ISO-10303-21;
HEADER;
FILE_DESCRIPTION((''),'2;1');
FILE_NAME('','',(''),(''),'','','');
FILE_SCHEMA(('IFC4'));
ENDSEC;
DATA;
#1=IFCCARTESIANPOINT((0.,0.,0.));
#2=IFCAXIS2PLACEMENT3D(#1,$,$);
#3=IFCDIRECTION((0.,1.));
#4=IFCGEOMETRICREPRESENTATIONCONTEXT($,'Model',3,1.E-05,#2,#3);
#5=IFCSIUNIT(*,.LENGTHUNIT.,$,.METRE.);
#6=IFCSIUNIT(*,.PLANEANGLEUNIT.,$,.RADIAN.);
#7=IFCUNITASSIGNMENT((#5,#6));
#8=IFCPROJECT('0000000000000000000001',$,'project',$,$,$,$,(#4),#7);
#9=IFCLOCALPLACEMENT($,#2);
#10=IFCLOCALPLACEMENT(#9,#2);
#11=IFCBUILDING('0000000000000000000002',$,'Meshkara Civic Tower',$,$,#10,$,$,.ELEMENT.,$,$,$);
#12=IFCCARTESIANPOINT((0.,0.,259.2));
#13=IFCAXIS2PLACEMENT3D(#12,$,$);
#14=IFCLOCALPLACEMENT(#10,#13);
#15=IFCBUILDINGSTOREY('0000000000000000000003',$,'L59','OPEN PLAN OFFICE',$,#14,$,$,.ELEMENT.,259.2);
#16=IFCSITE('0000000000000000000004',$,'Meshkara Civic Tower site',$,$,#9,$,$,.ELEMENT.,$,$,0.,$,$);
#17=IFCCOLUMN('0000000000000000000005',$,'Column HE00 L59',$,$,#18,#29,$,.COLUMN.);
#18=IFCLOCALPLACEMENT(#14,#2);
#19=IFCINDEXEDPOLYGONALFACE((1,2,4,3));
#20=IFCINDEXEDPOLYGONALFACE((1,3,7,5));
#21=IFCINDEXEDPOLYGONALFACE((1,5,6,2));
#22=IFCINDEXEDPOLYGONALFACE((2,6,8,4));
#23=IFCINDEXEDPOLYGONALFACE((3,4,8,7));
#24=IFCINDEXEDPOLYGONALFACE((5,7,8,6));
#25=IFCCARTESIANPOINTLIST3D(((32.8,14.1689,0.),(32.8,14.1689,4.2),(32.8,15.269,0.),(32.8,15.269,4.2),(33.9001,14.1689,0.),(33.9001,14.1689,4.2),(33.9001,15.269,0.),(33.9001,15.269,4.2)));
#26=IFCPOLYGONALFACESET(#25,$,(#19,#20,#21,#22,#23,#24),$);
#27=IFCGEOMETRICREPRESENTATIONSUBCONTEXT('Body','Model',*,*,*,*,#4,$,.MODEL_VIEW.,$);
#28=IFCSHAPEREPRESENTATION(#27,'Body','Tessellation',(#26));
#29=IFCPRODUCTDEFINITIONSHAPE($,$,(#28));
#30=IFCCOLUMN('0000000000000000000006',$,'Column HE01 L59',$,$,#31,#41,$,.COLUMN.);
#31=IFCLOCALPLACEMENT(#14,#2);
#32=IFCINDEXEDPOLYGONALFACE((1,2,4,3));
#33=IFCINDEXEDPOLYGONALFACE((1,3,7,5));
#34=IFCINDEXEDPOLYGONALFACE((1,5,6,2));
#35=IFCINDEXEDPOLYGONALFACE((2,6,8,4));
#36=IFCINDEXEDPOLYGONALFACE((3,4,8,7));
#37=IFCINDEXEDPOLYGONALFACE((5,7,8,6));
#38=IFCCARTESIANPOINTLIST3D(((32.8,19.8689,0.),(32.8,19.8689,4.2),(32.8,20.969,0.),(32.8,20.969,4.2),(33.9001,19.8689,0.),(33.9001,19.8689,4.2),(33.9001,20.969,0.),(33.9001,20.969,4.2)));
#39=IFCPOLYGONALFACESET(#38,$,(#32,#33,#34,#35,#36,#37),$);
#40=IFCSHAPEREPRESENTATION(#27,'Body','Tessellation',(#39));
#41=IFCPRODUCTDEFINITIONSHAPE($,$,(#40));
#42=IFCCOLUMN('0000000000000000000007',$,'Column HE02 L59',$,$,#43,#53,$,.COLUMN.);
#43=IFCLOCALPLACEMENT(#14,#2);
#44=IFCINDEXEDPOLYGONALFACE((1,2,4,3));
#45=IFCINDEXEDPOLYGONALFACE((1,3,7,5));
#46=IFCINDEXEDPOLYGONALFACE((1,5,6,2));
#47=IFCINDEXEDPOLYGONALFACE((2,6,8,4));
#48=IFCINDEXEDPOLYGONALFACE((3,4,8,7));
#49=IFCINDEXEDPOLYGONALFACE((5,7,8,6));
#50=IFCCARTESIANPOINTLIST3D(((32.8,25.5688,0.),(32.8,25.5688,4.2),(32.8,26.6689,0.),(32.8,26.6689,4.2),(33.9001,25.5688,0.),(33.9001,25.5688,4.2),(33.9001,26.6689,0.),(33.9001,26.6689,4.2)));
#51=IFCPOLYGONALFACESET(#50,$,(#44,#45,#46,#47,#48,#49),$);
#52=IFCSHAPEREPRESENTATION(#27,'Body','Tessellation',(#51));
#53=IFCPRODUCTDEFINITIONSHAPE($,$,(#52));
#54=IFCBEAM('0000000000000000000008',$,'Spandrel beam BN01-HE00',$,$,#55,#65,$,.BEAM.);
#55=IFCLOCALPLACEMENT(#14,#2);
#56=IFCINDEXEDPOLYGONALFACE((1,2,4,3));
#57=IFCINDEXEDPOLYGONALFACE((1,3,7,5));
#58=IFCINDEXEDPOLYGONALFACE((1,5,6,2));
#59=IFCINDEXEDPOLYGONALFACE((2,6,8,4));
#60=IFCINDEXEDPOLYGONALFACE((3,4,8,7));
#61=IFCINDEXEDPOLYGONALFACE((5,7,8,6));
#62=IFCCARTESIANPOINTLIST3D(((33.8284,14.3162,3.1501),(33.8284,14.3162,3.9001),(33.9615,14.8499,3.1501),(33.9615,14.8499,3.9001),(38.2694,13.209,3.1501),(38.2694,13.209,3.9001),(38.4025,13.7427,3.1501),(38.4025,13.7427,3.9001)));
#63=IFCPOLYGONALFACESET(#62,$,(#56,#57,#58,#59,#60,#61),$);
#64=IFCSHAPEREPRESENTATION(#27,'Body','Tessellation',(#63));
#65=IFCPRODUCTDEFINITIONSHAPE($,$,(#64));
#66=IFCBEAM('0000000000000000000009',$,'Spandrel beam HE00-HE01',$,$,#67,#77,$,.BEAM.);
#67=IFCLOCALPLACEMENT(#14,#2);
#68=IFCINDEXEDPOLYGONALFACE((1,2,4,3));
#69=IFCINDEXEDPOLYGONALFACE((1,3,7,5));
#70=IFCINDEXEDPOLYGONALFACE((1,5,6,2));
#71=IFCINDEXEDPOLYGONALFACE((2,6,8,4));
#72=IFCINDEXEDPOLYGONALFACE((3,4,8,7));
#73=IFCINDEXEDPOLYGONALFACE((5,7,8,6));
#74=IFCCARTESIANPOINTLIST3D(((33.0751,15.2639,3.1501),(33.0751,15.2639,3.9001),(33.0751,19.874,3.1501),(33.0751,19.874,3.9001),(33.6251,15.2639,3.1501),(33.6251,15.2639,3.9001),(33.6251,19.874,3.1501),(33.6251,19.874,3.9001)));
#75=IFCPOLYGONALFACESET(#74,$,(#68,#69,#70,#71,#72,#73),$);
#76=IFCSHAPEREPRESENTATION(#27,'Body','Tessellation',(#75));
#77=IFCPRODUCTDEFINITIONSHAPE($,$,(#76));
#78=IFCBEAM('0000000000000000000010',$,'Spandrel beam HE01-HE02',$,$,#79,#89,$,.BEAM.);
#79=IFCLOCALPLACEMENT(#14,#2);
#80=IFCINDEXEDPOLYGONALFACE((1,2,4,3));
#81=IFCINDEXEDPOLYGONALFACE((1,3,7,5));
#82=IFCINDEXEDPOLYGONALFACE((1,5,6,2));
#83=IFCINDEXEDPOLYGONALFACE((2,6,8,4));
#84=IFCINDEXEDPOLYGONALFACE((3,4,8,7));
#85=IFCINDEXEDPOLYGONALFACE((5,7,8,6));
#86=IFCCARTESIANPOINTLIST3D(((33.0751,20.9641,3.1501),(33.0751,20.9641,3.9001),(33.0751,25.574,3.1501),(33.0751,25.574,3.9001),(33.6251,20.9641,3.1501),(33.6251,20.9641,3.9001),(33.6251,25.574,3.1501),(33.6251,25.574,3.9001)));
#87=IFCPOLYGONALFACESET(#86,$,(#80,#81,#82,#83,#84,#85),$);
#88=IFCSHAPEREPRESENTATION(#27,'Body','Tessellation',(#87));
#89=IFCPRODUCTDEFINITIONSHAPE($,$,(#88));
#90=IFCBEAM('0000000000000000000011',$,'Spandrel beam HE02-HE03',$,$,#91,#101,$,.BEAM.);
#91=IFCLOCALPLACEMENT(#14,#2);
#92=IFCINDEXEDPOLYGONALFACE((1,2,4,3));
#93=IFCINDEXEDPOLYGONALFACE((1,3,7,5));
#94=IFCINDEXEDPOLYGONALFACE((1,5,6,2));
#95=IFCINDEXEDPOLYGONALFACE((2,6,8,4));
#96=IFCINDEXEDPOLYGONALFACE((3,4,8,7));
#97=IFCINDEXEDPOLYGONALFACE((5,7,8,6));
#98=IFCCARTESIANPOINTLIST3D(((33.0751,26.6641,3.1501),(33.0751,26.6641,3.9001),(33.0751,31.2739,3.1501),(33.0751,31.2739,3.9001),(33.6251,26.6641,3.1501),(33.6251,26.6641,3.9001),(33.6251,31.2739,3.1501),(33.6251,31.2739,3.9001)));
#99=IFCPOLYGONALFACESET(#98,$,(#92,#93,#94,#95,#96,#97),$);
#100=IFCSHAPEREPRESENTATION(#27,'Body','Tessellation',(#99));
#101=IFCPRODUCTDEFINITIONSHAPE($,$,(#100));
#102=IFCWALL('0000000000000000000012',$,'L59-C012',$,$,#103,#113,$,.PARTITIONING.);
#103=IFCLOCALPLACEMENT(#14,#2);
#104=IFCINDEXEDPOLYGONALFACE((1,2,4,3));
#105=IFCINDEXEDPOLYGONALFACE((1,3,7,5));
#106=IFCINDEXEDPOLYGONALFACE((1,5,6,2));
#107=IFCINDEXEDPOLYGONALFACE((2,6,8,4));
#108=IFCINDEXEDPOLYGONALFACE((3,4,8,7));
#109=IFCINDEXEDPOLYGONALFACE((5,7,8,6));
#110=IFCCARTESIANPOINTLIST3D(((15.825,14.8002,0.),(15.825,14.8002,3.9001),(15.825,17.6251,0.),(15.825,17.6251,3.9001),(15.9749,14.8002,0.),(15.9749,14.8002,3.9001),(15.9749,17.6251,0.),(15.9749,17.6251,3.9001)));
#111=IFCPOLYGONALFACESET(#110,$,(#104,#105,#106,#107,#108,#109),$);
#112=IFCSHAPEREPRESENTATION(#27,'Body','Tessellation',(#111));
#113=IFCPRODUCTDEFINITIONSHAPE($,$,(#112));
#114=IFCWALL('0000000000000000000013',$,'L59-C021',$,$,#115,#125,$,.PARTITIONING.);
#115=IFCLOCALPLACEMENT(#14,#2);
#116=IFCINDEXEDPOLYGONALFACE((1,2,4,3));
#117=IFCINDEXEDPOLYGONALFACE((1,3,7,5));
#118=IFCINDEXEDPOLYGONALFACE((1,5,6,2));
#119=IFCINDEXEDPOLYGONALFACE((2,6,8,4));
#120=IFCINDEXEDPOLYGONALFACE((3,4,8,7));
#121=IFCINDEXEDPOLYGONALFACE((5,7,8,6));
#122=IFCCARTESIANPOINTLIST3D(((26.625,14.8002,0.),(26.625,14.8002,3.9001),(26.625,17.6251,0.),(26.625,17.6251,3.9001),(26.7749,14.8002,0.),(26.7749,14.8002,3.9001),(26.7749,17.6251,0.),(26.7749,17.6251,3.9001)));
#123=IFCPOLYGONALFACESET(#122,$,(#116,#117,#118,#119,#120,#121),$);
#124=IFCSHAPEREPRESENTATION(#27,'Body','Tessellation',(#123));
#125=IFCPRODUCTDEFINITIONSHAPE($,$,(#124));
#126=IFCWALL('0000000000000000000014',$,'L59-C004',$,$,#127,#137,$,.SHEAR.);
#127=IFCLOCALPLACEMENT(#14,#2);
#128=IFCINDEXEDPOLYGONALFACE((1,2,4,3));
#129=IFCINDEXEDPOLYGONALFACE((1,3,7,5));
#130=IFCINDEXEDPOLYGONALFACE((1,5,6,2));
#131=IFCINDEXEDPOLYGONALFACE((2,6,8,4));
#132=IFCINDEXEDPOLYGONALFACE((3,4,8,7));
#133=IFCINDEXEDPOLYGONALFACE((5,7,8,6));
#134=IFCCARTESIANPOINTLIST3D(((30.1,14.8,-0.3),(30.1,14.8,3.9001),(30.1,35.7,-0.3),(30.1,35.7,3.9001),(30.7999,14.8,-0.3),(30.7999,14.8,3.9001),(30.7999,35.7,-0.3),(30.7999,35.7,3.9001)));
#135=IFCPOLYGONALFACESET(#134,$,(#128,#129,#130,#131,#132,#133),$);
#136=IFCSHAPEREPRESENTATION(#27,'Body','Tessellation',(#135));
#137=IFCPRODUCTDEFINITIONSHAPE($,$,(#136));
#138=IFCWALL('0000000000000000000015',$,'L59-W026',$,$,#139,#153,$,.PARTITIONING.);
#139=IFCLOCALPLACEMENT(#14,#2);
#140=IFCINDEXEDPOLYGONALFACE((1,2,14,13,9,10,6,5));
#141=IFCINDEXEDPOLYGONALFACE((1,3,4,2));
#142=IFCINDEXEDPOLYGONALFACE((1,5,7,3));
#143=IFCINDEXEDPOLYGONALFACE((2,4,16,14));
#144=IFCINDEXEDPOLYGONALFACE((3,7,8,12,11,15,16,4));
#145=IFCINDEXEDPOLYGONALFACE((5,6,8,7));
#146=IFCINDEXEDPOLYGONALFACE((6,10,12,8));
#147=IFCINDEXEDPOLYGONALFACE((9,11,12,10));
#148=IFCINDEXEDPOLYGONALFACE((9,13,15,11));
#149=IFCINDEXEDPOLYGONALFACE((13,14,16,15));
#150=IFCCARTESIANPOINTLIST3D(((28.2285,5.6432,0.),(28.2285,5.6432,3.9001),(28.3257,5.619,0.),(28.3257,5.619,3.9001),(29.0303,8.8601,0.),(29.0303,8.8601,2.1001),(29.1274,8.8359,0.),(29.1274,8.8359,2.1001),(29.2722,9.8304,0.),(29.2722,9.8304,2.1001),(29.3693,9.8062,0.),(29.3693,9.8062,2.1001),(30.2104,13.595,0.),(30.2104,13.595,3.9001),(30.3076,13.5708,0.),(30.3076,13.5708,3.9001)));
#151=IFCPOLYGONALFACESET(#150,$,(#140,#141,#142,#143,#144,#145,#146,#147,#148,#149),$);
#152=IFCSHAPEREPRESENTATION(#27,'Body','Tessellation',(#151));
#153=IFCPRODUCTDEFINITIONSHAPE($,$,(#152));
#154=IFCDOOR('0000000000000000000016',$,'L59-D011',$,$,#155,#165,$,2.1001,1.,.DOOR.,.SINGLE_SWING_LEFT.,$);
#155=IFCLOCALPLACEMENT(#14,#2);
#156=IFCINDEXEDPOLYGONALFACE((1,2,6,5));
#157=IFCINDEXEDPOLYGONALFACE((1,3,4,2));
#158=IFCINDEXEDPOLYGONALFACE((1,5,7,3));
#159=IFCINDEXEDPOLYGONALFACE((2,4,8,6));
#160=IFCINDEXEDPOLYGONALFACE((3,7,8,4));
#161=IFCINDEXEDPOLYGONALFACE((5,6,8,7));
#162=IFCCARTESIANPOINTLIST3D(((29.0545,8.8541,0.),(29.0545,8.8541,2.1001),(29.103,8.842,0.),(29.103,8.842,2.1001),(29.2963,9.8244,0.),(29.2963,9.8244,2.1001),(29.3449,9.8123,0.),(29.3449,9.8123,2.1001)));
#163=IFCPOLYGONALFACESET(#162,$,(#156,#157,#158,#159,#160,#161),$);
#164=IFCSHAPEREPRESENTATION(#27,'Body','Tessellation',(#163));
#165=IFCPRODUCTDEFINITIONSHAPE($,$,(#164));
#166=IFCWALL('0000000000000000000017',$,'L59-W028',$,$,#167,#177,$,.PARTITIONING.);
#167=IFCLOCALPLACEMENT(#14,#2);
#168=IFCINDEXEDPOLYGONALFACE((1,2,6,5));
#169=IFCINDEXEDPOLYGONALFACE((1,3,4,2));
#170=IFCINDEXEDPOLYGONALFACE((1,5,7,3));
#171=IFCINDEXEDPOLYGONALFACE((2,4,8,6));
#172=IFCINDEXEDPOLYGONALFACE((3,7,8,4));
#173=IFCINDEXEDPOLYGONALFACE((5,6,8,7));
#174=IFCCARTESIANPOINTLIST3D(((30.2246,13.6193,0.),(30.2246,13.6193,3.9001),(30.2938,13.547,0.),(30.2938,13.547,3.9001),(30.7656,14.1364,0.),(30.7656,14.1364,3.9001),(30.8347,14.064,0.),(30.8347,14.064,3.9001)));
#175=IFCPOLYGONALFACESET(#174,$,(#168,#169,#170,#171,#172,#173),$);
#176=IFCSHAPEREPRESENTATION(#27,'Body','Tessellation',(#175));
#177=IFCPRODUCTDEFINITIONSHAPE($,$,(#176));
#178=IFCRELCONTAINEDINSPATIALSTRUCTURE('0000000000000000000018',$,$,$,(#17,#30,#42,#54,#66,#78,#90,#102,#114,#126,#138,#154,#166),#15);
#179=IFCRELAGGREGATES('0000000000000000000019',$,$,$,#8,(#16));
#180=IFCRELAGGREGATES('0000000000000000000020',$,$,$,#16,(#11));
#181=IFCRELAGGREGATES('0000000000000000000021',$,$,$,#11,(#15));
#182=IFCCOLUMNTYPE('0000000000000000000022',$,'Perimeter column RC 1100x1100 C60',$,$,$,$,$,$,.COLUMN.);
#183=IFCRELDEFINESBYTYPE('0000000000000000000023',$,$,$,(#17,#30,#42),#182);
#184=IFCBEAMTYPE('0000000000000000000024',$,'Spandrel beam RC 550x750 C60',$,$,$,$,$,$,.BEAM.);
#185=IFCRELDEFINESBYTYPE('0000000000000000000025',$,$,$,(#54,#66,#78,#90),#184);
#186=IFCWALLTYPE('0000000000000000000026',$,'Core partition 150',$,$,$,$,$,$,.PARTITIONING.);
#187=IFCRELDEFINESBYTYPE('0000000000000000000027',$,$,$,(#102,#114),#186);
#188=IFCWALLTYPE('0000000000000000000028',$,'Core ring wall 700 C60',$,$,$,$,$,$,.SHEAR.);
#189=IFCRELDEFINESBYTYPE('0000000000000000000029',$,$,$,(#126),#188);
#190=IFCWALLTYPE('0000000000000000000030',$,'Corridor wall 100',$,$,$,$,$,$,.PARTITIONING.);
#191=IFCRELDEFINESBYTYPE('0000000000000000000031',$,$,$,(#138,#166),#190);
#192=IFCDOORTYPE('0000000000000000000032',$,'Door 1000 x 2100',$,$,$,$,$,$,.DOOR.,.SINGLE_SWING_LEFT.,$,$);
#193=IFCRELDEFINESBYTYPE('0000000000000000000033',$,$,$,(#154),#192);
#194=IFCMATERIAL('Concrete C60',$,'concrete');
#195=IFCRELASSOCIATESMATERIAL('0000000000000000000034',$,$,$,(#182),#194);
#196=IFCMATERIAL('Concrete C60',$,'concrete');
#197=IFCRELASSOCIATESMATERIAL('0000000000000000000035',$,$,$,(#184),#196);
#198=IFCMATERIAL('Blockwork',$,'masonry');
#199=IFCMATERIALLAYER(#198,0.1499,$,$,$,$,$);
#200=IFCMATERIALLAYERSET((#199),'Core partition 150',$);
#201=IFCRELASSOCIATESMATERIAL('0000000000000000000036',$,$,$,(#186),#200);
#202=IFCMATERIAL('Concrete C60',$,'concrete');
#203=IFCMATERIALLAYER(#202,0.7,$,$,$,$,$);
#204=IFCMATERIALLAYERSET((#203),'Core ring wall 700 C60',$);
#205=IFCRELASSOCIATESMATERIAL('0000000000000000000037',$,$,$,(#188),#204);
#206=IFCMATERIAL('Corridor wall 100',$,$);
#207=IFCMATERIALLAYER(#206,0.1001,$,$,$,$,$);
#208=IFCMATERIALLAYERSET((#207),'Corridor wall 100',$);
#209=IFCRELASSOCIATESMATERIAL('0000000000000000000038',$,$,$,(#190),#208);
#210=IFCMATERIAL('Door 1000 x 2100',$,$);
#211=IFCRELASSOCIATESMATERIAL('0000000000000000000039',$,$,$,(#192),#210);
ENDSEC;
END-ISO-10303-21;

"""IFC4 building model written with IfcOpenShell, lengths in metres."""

from ifc_helpers import new_model, si_unit, direction, frame, frame_2d, origin, origin_2d, place, context, subcontext, project, spatial, rectangle, extrude, material, layer, layer_set, material_profile, profile_set, type_object, element, fill, save


model = new_model("IFC4")

# Units and contexts
model_context = context("Model", 3, precision=1e-05, world=origin(), true_north=direction((0.0, 1.0)))
body_context = subcontext(model_context, "Body", "Model", "MODEL_VIEW")
ifc_project = project(units=[si_unit("LENGTHUNIT", "METRE"), si_unit("PLANEANGLEUNIT", "RADIAN")], contexts=[model_context])

# Site, building, storey
site_placement = place(None, origin())
site = spatial("IfcSite", under=ifc_project, at=site_placement, Name="Meshkara Civic Tower site", CompositionType="ELEMENT", RefElevation=0.0)
building_placement = place(site_placement, origin())
building = spatial("IfcBuilding", under=site, at=building_placement, Name="Meshkara Civic Tower", CompositionType="ELEMENT")
storey_placement = place(building_placement, frame((0.0, 0.0, 259.2)))
storey = spatial("IfcBuildingStorey", under=building, at=storey_placement, Name="L59", Description="OPEN PLAN OFFICE", CompositionType="ELEMENT", Elevation=259.2)

# Columns
ifc_material_1 = material(Name="Concrete C60", Category="concrete")
ifc_material_profile_1 = material_profile(ifc_material_1, rectangle(XDim=1.1001, YDim=1.1001, at=origin_2d()))
ifc_profile_set_1 = profile_set([ifc_material_profile_1], Name="Concrete C60")
column_type = type_object("IfcColumnType", Name="Perimeter column RC 1100x1100 C60", PredefinedType="COLUMN", material=ifc_profile_set_1)
for number, where, z_axis, x_axis, name in (
    (1, (33.3501, 14.719, 0.0), (0.0, 0.0, 1.0), (1.0, 0.0, 0.0), "Column HE00 L59"),
    (2, (33.3501, 20.4189, 0.0), (0.0, 0.0, 1.0), (1.0, 0.0, 0.0), "Column HE01 L59"),
    (3, (33.3501, 26.1189, 0.0), (0.0, 0.0, 1.0), (1.0, 0.0, 0.0), "Column HE02 L59"),
):
    element("IfcColumn", number, at=place(storey_placement, frame(where, z_axis=z_axis, x_axis=x_axis)), inside=storey, type_object=column_type, Name=name, PredefinedType="COLUMN", context=body_context, shape_type="SweptSolid", body=[
        extrude(rectangle(XDim=1.1001, YDim=1.1001, at=origin_2d()), origin(), (0.0, 0.0, 1.0), 4.2),
    ])

# Beams
ifc_material_2 = material(Name="Concrete C60", Category="concrete")
ifc_material_profile_2 = material_profile(ifc_material_2, rectangle(XDim=0.55, YDim=0.75, at=origin_2d()))
ifc_profile_set_2 = profile_set([ifc_material_profile_2], Name="Concrete C60")
beam_type = type_object("IfcBeamType", Name="Spandrel beam RC 550x750 C60", PredefinedType="BEAM", material=ifc_profile_set_2)
beam_1_placement = place(storey_placement, frame((38.3359, 13.4758, 3.5251), z_axis=(-0.970299, 0.241908, 0.0), x_axis=(-0.241908, -0.970299, 0.0)))
element("IfcBeam", 4, at=beam_1_placement, inside=storey, type_object=beam_type, Name="Spandrel beam BN01-HE00", PredefinedType="BEAM", context=body_context, shape_type="SweptSolid", body=[
    extrude(rectangle(XDim=0.55, YDim=0.75, at=origin_2d()), origin(), (0.0, 0.0, 1.0), 4.5769),
])
beam_2_placement = place(storey_placement, frame((33.3501, 15.2639, 3.5251), z_axis=(0.0, 1.0, 0.0), x_axis=(-1.0, 0.0, 0.0)))
element("IfcBeam", 5, at=beam_2_placement, inside=storey, type_object=beam_type, Name="Spandrel beam HE00-HE01", PredefinedType="BEAM", context=body_context, shape_type="SweptSolid", body=[
    extrude(rectangle(XDim=0.55, YDim=0.75, at=origin_2d()), origin(), (0.0, 0.0, 1.0), 4.6101),
])
for number, where, z_axis, x_axis, name in (
    (6, (33.3501, 20.9641, 3.5251), (0.0, 1.0, 0.0), (-1.0, 0.0, 0.0), "Spandrel beam HE01-HE02"),
    (7, (33.3501, 26.6641, 3.5251), (0.0, 1.0, 0.0), (-1.0, 0.0, 0.0), "Spandrel beam HE02-HE03"),
):
    element("IfcBeam", number, at=place(storey_placement, frame(where, z_axis=z_axis, x_axis=x_axis)), inside=storey, type_object=beam_type, Name=name, PredefinedType="BEAM", context=body_context, shape_type="SweptSolid", body=[
        extrude(rectangle(XDim=0.55, YDim=0.75, at=origin_2d()), origin(), (0.0, 0.0, 1.0), 4.6099),
    ])

# Walls
ifc_material_3 = material(Name="Blockwork", Category="masonry")
ifc_layer_1 = layer(ifc_material_3, 0.1499)
ifc_layer_set_1 = layer_set([ifc_layer_1], Name="Core partition 150")
wall_type_1 = type_object("IfcWallType", Name="Core partition 150", PredefinedType="PARTITIONING", material=ifc_layer_set_1)
for number, where, z_axis, x_axis, name in (
    (8, (15.8999, 14.8, 0.0), (0.0, 0.0, 1.0), (0.0, 1.0, 0.0), "L59-C012"),
    (9, (26.7, 14.8, 0.0), (0.0, 0.0, 1.0), (0.0, 1.0, 0.0), "L59-C021"),
):
    element("IfcWall", number, at=place(storey_placement, frame(where, z_axis=z_axis, x_axis=x_axis)), inside=storey, type_object=wall_type_1, Name=name, PredefinedType="PARTITIONING", context=body_context, shape_type="SweptSolid", body=[
        extrude(rectangle(XDim=2.825, YDim=0.1499, at=frame_2d((1.4126, 0.0))), origin(), (0.0, 0.0, 1.0), 3.9001),
    ])
ifc_material_4 = material(Name="Concrete C60", Category="concrete")
ifc_layer_2 = layer(ifc_material_4, 0.7)
ifc_layer_set_2 = layer_set([ifc_layer_2], Name="Core ring wall 700 C60")
wall_type_2 = type_object("IfcWallType", Name="Core ring wall 700 C60", PredefinedType="SHEAR", material=ifc_layer_set_2)
wall_1_placement = place(storey_placement, frame((30.45, 14.8, -0.3), z_axis=(0.0, 0.0, 1.0), x_axis=(0.0, 1.0, 0.0)))
element("IfcWall", 10, at=wall_1_placement, inside=storey, type_object=wall_type_2, Name="L59-C004", PredefinedType="SHEAR", context=body_context, shape_type="SweptSolid", body=[
    extrude(rectangle(XDim=20.8999, YDim=0.7, at=frame_2d((10.45, 0.0))), origin(), (0.0, 0.0, 1.0), 4.2002),
])

# Wall, opening, door
ifc_material_5 = material(Name="Corridor wall 100")
ifc_layer_3 = layer(ifc_material_5, 0.1001)
ifc_layer_set_3 = layer_set([ifc_layer_3], Name="Corridor wall 100")
wall_type_3 = type_object("IfcWallType", Name="Corridor wall 100", PredefinedType="PARTITIONING", material=ifc_layer_set_3)
wall_2_placement = place(storey_placement, frame((30.259, 13.583, 0.0), z_axis=(0.0, 0.0, 1.0), x_axis=(-0.241842, -0.970316, 0.0)))
wall_2 = element("IfcWall", 11, at=wall_2_placement, inside=storey, type_object=wall_type_3, Name="L59-W026", PredefinedType="PARTITIONING", context=body_context, shape_type="SweptSolid", body=[
    extrude(rectangle(XDim=8.1951, YDim=0.1001, at=frame_2d((4.0977, 0.0))), origin(), (0.0, 0.0, 1.0), 3.9001),
])
opening_1_placement = place(wall_2_placement, frame((3.8799, 0.0, 0.0)))
opening_1 = element("IfcOpeningElement", 12, at=opening_1_placement, cuts=wall_2, PredefinedType="OPENING", context=body_context, shape_type="SweptSolid", body=[
    extrude(rectangle(XDim=1.0, YDim=2.1001, at=frame_2d((0.5, 1.05))), frame((0.0, 0.0601, 0.0), z_axis=(0.0, -1.0, 0.0), x_axis=(1.0, 0.0, 0.0)), (0.0, 0.0, 1.0), 0.1201),
])
ifc_material_6 = material(Name="Door 1000 x 2100")
door_type_1 = type_object("IfcDoorType", Name="Door 1000 x 2100", OperationType="SINGLE_SWING_LEFT", PredefinedType="DOOR", material=ifc_material_6)
door_1_placement = place(opening_1_placement, origin())
door_1 = element("IfcDoor", 13, at=door_1_placement, inside=storey, type_object=door_type_1, Name="L59-D011", OperationType="SINGLE_SWING_LEFT", OverallHeight=2.1001, OverallWidth=1.0, PredefinedType="DOOR", context=body_context, shape_type="SweptSolid", body=[
    extrude(rectangle(XDim=1.0, YDim=2.1001, at=frame_2d((0.5, 1.05))), frame((0.0, 0.0249, 0.0), z_axis=(0.0, -1.0, 0.0), x_axis=(1.0, 0.0, 0.0)), (0.0, 0.0, 1.0), 0.05),
])
fill(opening_1, door_1)

# Wall
wall_3_placement = place(storey_placement, frame((30.8, 14.1001, 0.0), z_axis=(0.0, 0.0, 1.0), x_axis=(-0.722911, -0.690941, 0.0)))
element("IfcWall", 14, at=wall_3_placement, inside=storey, type_object=wall_type_3, Name="L59-W028", PredefinedType="PARTITIONING", context=body_context, shape_type="SweptSolid", body=[
    extrude(rectangle(XDim=0.7483, YDim=0.1001, at=frame_2d((0.374, 0.0))), origin(), (0.0, 0.0, 1.0), 3.9001),
])

save(model, "model.ifc")
